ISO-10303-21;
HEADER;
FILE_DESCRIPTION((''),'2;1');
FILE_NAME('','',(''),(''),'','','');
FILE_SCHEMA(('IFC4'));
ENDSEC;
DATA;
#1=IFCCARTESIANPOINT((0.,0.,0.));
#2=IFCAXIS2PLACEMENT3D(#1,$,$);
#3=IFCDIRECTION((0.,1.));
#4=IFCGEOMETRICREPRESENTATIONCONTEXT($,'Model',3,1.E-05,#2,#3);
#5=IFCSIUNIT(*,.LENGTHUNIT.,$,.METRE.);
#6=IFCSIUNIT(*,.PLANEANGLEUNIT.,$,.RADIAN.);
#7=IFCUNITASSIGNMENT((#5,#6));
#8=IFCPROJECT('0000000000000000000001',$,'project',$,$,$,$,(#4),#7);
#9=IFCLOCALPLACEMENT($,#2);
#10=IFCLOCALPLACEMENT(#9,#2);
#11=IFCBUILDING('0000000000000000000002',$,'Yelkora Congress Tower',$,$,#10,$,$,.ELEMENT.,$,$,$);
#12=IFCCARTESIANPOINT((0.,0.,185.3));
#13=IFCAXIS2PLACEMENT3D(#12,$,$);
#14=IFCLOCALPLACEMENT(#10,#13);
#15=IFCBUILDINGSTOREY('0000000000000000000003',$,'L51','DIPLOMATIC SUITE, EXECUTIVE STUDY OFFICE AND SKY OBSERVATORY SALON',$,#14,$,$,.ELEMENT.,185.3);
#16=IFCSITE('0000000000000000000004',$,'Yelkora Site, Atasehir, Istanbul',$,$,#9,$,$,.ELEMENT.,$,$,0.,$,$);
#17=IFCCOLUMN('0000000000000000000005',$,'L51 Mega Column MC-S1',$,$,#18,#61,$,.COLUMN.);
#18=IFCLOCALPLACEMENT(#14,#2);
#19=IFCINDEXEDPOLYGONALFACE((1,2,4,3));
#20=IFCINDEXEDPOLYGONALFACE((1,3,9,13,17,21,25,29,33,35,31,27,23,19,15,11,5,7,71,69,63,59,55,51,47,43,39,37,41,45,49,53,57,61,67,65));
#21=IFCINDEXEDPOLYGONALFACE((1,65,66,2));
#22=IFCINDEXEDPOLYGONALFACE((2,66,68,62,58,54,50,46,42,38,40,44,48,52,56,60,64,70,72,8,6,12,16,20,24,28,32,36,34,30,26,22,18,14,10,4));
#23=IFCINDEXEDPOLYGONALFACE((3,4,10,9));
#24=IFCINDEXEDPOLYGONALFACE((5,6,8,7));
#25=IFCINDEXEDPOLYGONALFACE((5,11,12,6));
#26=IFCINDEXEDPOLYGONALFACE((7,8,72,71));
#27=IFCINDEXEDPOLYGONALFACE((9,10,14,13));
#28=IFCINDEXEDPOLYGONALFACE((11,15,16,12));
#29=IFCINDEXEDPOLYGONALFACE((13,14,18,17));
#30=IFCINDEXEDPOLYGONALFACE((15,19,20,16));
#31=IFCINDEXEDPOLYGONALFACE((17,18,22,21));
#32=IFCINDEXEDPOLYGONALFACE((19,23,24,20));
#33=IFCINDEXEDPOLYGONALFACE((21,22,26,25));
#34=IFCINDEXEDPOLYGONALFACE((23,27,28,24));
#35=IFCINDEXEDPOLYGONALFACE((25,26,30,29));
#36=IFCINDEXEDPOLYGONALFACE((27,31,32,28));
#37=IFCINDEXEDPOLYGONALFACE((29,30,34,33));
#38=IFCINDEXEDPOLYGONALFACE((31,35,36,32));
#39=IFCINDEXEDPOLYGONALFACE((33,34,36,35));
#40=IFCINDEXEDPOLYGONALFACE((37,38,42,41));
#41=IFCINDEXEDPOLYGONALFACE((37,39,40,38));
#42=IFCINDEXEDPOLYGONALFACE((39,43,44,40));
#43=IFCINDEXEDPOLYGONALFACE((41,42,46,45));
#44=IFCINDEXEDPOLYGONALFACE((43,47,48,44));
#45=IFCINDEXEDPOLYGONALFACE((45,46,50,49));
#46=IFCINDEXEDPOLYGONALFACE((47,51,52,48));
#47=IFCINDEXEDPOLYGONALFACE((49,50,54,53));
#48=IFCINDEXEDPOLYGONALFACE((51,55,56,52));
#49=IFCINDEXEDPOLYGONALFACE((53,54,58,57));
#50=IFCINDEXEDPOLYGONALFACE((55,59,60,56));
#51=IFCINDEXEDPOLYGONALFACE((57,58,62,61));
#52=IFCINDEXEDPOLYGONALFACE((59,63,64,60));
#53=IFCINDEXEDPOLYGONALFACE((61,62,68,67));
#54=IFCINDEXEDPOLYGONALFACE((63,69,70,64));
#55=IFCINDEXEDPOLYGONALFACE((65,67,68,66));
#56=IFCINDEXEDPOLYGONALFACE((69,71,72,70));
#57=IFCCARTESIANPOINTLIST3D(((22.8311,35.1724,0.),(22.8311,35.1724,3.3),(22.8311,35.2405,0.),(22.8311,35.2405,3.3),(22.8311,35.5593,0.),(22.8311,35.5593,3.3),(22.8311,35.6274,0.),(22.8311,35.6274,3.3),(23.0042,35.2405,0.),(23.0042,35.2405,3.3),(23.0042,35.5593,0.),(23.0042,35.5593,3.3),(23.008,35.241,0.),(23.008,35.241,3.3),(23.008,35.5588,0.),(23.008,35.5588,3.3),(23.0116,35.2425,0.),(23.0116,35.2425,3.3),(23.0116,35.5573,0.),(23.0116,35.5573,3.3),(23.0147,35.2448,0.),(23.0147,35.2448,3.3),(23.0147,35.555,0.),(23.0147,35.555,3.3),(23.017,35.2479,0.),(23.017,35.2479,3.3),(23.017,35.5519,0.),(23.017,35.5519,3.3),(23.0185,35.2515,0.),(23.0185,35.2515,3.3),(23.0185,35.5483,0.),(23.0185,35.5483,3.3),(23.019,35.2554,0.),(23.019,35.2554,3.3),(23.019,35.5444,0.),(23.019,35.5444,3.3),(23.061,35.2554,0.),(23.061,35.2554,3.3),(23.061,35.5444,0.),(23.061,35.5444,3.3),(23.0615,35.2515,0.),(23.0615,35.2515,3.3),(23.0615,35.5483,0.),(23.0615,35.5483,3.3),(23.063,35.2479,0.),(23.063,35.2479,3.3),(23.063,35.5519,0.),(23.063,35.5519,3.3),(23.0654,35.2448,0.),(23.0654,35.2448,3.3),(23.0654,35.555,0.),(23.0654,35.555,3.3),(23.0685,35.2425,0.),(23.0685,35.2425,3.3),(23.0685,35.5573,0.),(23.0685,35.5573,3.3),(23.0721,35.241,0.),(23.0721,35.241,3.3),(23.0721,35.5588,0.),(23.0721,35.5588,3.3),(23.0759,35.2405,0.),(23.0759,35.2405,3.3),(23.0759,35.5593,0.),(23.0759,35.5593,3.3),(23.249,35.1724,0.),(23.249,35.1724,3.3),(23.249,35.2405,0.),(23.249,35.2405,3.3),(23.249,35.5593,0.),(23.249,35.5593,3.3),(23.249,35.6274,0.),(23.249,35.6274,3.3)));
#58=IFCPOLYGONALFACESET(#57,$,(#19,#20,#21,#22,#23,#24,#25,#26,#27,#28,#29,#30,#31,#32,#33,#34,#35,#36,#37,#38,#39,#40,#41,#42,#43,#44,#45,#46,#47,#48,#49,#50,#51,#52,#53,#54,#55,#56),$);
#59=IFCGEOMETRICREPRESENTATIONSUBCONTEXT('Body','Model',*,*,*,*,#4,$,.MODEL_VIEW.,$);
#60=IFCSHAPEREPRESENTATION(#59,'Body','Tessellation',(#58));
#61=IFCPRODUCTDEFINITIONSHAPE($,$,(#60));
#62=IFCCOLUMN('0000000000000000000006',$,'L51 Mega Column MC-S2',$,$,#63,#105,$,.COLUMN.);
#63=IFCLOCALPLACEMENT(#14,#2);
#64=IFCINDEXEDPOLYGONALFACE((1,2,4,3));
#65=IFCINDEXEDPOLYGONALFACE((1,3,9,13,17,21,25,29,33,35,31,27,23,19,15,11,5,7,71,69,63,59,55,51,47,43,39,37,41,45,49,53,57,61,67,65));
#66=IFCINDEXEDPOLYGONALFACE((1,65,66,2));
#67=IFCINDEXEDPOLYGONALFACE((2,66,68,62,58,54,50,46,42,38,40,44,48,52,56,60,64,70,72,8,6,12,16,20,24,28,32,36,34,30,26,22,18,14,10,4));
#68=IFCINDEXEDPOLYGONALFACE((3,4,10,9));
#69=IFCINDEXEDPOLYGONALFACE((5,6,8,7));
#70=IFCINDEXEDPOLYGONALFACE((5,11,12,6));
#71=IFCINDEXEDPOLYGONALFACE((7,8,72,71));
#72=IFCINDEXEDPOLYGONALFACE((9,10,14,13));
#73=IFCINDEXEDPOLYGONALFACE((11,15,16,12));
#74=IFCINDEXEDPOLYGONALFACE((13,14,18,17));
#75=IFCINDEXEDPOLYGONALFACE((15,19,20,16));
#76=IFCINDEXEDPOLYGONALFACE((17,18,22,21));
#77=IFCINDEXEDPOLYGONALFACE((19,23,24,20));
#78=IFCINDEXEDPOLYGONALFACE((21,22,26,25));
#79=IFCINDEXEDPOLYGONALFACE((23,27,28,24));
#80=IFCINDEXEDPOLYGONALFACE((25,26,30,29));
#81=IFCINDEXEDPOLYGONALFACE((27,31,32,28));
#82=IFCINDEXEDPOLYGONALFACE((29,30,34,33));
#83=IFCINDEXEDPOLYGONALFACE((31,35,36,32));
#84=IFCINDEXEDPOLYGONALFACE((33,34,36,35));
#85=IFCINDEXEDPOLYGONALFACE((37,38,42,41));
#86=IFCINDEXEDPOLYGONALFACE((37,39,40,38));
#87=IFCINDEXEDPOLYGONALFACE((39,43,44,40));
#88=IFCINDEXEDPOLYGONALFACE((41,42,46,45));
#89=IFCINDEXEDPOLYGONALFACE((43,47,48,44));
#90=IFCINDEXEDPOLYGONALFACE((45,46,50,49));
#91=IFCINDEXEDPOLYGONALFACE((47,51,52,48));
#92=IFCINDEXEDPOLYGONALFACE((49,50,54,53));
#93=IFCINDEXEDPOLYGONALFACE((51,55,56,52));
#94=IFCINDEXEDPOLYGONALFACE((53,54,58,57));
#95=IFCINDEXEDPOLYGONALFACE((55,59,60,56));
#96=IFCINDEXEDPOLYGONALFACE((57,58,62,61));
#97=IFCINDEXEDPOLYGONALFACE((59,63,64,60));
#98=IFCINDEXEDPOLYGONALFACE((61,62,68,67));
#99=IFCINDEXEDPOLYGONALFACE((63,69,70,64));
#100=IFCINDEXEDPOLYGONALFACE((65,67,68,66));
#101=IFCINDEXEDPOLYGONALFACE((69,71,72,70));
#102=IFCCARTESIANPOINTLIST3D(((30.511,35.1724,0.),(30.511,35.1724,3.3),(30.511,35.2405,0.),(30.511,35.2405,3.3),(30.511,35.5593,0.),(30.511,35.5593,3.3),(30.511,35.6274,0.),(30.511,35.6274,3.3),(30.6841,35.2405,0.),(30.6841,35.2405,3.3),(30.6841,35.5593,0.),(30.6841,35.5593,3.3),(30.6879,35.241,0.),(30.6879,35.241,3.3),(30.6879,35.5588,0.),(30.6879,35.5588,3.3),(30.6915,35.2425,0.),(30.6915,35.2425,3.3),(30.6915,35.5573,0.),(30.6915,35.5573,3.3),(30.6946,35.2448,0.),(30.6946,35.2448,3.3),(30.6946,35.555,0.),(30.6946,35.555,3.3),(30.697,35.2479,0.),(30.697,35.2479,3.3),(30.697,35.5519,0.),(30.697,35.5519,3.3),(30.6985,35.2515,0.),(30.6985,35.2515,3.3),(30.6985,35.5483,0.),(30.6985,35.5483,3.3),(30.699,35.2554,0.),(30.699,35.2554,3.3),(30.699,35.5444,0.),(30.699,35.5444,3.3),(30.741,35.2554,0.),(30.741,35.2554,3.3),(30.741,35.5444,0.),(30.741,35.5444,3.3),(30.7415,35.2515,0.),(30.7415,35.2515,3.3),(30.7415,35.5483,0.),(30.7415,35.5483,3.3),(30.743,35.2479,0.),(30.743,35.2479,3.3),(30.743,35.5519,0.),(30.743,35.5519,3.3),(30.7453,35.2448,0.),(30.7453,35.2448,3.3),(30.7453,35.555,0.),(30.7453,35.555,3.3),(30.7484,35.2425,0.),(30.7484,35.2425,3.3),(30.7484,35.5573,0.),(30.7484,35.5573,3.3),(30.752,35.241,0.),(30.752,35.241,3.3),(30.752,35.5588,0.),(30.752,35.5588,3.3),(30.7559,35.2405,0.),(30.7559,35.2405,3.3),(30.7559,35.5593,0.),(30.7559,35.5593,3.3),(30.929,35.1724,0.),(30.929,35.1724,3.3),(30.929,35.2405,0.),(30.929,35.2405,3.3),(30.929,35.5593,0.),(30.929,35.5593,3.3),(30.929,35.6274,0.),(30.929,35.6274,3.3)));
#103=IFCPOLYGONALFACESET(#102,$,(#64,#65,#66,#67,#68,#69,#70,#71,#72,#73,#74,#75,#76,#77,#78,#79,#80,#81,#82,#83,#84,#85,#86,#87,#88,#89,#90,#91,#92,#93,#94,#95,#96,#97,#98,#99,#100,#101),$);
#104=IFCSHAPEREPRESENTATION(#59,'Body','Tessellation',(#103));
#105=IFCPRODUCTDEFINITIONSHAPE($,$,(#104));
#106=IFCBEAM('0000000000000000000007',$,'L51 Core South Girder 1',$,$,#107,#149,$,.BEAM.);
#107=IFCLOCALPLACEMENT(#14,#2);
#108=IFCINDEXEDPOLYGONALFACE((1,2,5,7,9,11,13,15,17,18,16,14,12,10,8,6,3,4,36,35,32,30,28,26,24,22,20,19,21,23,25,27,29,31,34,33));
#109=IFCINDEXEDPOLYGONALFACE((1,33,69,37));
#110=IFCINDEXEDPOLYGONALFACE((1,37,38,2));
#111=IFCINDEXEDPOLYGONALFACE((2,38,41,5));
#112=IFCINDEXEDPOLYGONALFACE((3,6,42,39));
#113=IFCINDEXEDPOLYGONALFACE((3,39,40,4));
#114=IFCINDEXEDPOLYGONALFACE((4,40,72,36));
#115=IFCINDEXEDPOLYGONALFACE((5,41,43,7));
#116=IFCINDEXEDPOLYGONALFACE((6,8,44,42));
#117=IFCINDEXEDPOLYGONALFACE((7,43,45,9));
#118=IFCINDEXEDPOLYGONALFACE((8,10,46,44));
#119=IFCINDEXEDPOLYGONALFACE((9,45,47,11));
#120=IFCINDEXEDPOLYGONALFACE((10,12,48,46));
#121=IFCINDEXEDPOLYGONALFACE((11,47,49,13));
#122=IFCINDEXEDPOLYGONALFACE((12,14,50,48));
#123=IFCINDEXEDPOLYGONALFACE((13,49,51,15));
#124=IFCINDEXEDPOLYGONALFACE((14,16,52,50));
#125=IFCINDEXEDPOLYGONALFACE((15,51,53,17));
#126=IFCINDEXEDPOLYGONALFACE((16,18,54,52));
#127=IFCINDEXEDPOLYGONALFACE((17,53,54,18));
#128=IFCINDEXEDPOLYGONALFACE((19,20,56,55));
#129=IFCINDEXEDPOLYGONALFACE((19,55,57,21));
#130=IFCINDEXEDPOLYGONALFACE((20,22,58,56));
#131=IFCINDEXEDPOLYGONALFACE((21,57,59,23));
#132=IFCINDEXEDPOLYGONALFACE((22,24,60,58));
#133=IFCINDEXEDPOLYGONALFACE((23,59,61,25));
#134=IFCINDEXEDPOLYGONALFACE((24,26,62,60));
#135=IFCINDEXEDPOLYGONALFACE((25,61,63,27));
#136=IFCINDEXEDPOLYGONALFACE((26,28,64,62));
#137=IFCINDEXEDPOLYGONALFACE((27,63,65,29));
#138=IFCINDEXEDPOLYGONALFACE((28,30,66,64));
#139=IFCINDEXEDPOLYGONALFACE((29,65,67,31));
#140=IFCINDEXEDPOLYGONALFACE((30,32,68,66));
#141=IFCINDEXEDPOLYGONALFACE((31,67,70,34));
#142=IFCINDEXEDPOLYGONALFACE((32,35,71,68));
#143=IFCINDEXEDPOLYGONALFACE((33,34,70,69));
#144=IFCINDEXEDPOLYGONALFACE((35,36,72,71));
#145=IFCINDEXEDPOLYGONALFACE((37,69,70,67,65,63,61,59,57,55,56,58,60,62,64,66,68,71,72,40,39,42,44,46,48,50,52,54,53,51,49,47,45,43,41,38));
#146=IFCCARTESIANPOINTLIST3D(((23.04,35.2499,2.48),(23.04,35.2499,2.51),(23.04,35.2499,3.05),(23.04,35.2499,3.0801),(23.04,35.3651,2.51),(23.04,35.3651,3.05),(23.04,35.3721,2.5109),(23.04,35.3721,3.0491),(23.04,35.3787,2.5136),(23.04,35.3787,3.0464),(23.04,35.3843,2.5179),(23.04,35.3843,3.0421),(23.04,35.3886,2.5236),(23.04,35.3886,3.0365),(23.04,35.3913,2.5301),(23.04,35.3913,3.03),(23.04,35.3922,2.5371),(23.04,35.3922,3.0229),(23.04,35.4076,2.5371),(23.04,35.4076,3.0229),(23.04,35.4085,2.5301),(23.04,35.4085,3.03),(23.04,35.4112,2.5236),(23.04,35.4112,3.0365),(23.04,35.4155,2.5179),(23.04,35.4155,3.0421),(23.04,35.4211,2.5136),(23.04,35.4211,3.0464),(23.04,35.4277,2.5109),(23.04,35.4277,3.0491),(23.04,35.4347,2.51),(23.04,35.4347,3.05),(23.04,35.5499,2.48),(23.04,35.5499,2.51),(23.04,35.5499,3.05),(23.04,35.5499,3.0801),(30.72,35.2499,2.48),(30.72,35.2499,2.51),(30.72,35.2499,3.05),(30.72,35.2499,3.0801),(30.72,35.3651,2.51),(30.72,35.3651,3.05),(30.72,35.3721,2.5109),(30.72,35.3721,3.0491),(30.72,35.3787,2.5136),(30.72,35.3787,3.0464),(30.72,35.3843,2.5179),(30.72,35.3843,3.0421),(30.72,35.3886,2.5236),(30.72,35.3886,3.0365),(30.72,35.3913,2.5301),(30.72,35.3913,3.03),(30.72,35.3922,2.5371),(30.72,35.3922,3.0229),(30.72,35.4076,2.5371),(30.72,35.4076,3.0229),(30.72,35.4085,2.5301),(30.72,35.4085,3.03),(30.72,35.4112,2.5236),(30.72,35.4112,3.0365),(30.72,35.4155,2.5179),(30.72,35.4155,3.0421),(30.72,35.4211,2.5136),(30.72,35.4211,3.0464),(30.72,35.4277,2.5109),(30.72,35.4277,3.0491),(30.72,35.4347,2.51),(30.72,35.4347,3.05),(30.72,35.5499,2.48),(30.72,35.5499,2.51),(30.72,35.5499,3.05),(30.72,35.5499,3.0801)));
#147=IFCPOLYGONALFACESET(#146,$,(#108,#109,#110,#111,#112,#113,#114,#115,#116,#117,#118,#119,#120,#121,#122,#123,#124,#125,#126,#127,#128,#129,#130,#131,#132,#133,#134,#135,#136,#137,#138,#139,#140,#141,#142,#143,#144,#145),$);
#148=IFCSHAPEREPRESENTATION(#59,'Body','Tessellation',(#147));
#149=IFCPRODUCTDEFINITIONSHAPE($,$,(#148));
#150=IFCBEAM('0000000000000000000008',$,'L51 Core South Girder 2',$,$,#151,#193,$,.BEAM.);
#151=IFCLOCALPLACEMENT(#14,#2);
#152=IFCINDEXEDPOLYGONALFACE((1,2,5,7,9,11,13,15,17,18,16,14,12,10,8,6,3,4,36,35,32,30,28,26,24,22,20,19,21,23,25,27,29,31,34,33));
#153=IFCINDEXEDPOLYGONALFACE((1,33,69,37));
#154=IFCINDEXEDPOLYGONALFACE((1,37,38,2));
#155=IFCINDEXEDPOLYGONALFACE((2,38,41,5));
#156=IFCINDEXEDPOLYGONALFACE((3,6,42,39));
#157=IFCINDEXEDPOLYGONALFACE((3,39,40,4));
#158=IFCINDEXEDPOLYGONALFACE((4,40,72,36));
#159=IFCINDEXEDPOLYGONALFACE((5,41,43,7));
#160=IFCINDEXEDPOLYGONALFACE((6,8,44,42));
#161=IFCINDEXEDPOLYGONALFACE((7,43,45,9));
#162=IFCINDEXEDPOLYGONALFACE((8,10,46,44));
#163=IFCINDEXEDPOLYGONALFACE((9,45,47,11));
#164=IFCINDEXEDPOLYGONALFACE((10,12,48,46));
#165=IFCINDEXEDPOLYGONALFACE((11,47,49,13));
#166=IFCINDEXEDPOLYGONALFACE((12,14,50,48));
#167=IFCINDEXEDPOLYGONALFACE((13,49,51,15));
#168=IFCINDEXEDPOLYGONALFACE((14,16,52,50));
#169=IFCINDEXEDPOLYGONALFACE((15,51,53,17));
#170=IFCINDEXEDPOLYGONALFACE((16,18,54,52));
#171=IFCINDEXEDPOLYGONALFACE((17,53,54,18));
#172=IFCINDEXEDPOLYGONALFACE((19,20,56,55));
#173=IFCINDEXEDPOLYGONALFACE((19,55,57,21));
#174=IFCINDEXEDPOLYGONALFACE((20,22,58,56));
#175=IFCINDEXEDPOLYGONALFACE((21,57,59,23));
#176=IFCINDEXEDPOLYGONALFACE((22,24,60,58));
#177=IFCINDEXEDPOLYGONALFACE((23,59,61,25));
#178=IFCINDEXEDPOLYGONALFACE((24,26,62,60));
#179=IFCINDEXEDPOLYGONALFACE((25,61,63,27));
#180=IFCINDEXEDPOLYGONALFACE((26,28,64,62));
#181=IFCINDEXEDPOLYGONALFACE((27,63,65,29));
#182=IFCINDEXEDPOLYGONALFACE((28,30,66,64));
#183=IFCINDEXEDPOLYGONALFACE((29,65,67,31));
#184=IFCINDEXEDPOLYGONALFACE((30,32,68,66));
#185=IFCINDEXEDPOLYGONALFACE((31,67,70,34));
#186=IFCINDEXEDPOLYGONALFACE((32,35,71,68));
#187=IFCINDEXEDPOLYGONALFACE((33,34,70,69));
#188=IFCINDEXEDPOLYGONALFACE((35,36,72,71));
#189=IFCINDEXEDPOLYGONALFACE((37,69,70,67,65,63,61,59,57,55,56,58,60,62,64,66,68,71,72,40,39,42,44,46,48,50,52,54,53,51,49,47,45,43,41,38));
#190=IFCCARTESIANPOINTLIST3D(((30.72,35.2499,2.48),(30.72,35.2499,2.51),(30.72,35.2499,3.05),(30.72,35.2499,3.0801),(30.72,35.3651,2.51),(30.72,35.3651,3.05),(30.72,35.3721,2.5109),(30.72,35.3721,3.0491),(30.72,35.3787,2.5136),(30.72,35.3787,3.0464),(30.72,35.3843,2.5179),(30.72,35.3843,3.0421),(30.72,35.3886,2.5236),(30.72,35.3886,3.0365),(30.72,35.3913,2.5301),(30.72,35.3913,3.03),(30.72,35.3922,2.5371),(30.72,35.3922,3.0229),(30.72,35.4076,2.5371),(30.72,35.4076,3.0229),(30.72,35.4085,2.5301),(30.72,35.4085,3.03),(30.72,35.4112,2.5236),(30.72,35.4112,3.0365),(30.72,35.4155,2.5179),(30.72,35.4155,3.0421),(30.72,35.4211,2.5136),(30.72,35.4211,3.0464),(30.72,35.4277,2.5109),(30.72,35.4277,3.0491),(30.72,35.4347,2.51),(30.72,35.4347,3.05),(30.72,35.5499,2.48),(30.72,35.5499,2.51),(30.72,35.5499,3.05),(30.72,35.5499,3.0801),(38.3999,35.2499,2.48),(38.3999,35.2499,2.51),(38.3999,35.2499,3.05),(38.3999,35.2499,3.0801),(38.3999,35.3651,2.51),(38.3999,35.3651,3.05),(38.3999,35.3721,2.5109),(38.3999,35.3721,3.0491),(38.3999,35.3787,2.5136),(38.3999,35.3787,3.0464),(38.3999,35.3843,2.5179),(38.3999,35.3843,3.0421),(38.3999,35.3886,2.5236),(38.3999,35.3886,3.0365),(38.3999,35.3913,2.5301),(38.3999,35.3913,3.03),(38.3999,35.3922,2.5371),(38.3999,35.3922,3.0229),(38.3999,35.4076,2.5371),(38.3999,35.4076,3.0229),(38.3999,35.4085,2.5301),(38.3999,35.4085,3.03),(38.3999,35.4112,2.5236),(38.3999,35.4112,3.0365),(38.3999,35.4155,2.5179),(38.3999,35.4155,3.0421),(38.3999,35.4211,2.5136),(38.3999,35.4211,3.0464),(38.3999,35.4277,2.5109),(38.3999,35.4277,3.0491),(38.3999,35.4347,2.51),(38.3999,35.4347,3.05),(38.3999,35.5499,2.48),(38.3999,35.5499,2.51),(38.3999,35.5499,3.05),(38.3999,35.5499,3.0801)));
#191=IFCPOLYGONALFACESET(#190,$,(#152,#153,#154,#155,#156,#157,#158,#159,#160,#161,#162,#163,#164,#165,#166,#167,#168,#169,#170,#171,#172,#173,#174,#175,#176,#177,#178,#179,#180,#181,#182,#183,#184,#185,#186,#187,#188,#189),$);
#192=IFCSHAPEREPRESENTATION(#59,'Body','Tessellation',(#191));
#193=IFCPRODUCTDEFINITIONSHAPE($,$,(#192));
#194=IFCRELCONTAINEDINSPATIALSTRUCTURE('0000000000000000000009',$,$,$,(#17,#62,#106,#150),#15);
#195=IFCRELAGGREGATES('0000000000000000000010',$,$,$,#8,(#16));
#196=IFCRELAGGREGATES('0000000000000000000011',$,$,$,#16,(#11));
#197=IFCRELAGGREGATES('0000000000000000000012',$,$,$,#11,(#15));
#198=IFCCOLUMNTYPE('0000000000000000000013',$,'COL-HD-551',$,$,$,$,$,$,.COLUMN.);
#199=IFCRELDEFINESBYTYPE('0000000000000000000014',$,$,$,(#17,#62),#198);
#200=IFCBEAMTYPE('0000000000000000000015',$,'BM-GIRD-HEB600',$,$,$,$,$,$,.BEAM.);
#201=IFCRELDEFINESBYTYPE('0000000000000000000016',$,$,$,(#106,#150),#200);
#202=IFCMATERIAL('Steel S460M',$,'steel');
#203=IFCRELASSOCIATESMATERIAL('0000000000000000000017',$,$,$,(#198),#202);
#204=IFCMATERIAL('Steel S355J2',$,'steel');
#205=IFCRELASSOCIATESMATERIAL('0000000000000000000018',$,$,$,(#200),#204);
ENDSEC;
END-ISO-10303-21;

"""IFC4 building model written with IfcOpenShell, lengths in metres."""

from ifc_helpers import new_model, si_unit, direction, frame, origin, origin_2d, place, context, subcontext, project, spatial, i_section, extrude, material, material_profile, profile_set, type_object, element, save


model = new_model("IFC4")

# Units and contexts
model_context = context("Model", 3, precision=1e-05, world=origin(), true_north=direction((0.0, 1.0)))
body_context = subcontext(model_context, "Body", "Model", "MODEL_VIEW")
ifc_project = project(units=[si_unit("LENGTHUNIT", "METRE"), si_unit("PLANEANGLEUNIT", "RADIAN")], contexts=[model_context])

# Site, building, storey
site_placement = place(None, origin())
site = spatial("IfcSite", under=ifc_project, at=site_placement, Name="Yelkora Site, Atasehir, Istanbul", CompositionType="ELEMENT", RefElevation=0.0)
building_placement = place(site_placement, origin())
building = spatial("IfcBuilding", under=site, at=building_placement, Name="Yelkora Congress Tower", CompositionType="ELEMENT")
storey_placement = place(building_placement, frame((0.0, 0.0, 185.3)))
storey = spatial("IfcBuildingStorey", under=building, at=storey_placement, Name="L51", Description="DIPLOMATIC SUITE, EXECUTIVE STUDY OFFICE AND SKY OBSERVATORY SALON", CompositionType="ELEMENT", Elevation=185.3)

# Columns
ifc_material_1 = material(Name="Steel S460M", Category="steel")
ifc_material_profile_1 = material_profile(ifc_material_1, i_section(OverallWidth=0.418, OverallDepth=0.4551, WebThickness=0.042, FlangeThickness=0.0681, FilletRadius=0.0149, at=origin_2d()), Name="HD 400x551")
ifc_profile_set_1 = profile_set([ifc_material_profile_1], Name="Steel S460M")
column_type = type_object("IfcColumnType", Name="COL-HD-551", PredefinedType="COLUMN", material=ifc_profile_set_1)
for number, where, z_axis, x_axis, name in (
    (1, (23.04, 35.3999, 0.0), (0.0, 0.0, 1.0), (1.0, 0.0, 0.0), "L51 Mega Column MC-S1"),
    (2, (30.72, 35.3999, 0.0), (0.0, 0.0, 1.0), (1.0, 0.0, 0.0), "L51 Mega Column MC-S2"),
):
    element("IfcColumn", number, at=place(storey_placement, frame(where, z_axis=z_axis, x_axis=x_axis)), inside=storey, type_object=column_type, Name=name, PredefinedType="COLUMN", context=body_context, shape_type="SweptSolid", body=[
        extrude(i_section(OverallWidth=0.418, OverallDepth=0.4551, WebThickness=0.042, FlangeThickness=0.0681, FilletRadius=0.0149, at=origin_2d()), origin(), (0.0, 0.0, 1.0), 3.3),
    ])

# Beams
ifc_material_2 = material(Name="Steel S355J2", Category="steel")
ifc_material_profile_2 = material_profile(ifc_material_2, i_section(OverallWidth=0.3, OverallDepth=0.6001, WebThickness=0.0154, FlangeThickness=0.03, FilletRadius=0.0271, at=origin_2d()), Name="HEB 600")
ifc_profile_set_2 = profile_set([ifc_material_profile_2], Name="Steel S355J2")
beam_type_1 = type_object("IfcBeamType", Name="BM-GIRD-HEB600", PredefinedType="BEAM", material=ifc_profile_set_2)
for number, where, z_axis, x_axis, name in (
    (3, (23.04, 35.3999, 2.78), (1.0, 0.0, 0.0), (0.0, 1.0, 0.0), "L51 Core South Girder 1"),
    (4, (30.72, 35.3999, 2.78), (1.0, 0.0, 0.0), (0.0, 1.0, 0.0), "L51 Core South Girder 2"),
):
    element("IfcBeam", number, at=place(storey_placement, frame(where, z_axis=z_axis, x_axis=x_axis)), inside=storey, type_object=beam_type_1, Name=name, PredefinedType="BEAM", context=body_context, shape_type="SweptSolid", body=[
        extrude(i_section(OverallWidth=0.3, OverallDepth=0.6001, WebThickness=0.0154, FlangeThickness=0.03, FilletRadius=0.0271, at=origin_2d()), origin(), (0.0, 0.0, 1.0), 7.6799),
    ])

save(model, "model.ifc")
